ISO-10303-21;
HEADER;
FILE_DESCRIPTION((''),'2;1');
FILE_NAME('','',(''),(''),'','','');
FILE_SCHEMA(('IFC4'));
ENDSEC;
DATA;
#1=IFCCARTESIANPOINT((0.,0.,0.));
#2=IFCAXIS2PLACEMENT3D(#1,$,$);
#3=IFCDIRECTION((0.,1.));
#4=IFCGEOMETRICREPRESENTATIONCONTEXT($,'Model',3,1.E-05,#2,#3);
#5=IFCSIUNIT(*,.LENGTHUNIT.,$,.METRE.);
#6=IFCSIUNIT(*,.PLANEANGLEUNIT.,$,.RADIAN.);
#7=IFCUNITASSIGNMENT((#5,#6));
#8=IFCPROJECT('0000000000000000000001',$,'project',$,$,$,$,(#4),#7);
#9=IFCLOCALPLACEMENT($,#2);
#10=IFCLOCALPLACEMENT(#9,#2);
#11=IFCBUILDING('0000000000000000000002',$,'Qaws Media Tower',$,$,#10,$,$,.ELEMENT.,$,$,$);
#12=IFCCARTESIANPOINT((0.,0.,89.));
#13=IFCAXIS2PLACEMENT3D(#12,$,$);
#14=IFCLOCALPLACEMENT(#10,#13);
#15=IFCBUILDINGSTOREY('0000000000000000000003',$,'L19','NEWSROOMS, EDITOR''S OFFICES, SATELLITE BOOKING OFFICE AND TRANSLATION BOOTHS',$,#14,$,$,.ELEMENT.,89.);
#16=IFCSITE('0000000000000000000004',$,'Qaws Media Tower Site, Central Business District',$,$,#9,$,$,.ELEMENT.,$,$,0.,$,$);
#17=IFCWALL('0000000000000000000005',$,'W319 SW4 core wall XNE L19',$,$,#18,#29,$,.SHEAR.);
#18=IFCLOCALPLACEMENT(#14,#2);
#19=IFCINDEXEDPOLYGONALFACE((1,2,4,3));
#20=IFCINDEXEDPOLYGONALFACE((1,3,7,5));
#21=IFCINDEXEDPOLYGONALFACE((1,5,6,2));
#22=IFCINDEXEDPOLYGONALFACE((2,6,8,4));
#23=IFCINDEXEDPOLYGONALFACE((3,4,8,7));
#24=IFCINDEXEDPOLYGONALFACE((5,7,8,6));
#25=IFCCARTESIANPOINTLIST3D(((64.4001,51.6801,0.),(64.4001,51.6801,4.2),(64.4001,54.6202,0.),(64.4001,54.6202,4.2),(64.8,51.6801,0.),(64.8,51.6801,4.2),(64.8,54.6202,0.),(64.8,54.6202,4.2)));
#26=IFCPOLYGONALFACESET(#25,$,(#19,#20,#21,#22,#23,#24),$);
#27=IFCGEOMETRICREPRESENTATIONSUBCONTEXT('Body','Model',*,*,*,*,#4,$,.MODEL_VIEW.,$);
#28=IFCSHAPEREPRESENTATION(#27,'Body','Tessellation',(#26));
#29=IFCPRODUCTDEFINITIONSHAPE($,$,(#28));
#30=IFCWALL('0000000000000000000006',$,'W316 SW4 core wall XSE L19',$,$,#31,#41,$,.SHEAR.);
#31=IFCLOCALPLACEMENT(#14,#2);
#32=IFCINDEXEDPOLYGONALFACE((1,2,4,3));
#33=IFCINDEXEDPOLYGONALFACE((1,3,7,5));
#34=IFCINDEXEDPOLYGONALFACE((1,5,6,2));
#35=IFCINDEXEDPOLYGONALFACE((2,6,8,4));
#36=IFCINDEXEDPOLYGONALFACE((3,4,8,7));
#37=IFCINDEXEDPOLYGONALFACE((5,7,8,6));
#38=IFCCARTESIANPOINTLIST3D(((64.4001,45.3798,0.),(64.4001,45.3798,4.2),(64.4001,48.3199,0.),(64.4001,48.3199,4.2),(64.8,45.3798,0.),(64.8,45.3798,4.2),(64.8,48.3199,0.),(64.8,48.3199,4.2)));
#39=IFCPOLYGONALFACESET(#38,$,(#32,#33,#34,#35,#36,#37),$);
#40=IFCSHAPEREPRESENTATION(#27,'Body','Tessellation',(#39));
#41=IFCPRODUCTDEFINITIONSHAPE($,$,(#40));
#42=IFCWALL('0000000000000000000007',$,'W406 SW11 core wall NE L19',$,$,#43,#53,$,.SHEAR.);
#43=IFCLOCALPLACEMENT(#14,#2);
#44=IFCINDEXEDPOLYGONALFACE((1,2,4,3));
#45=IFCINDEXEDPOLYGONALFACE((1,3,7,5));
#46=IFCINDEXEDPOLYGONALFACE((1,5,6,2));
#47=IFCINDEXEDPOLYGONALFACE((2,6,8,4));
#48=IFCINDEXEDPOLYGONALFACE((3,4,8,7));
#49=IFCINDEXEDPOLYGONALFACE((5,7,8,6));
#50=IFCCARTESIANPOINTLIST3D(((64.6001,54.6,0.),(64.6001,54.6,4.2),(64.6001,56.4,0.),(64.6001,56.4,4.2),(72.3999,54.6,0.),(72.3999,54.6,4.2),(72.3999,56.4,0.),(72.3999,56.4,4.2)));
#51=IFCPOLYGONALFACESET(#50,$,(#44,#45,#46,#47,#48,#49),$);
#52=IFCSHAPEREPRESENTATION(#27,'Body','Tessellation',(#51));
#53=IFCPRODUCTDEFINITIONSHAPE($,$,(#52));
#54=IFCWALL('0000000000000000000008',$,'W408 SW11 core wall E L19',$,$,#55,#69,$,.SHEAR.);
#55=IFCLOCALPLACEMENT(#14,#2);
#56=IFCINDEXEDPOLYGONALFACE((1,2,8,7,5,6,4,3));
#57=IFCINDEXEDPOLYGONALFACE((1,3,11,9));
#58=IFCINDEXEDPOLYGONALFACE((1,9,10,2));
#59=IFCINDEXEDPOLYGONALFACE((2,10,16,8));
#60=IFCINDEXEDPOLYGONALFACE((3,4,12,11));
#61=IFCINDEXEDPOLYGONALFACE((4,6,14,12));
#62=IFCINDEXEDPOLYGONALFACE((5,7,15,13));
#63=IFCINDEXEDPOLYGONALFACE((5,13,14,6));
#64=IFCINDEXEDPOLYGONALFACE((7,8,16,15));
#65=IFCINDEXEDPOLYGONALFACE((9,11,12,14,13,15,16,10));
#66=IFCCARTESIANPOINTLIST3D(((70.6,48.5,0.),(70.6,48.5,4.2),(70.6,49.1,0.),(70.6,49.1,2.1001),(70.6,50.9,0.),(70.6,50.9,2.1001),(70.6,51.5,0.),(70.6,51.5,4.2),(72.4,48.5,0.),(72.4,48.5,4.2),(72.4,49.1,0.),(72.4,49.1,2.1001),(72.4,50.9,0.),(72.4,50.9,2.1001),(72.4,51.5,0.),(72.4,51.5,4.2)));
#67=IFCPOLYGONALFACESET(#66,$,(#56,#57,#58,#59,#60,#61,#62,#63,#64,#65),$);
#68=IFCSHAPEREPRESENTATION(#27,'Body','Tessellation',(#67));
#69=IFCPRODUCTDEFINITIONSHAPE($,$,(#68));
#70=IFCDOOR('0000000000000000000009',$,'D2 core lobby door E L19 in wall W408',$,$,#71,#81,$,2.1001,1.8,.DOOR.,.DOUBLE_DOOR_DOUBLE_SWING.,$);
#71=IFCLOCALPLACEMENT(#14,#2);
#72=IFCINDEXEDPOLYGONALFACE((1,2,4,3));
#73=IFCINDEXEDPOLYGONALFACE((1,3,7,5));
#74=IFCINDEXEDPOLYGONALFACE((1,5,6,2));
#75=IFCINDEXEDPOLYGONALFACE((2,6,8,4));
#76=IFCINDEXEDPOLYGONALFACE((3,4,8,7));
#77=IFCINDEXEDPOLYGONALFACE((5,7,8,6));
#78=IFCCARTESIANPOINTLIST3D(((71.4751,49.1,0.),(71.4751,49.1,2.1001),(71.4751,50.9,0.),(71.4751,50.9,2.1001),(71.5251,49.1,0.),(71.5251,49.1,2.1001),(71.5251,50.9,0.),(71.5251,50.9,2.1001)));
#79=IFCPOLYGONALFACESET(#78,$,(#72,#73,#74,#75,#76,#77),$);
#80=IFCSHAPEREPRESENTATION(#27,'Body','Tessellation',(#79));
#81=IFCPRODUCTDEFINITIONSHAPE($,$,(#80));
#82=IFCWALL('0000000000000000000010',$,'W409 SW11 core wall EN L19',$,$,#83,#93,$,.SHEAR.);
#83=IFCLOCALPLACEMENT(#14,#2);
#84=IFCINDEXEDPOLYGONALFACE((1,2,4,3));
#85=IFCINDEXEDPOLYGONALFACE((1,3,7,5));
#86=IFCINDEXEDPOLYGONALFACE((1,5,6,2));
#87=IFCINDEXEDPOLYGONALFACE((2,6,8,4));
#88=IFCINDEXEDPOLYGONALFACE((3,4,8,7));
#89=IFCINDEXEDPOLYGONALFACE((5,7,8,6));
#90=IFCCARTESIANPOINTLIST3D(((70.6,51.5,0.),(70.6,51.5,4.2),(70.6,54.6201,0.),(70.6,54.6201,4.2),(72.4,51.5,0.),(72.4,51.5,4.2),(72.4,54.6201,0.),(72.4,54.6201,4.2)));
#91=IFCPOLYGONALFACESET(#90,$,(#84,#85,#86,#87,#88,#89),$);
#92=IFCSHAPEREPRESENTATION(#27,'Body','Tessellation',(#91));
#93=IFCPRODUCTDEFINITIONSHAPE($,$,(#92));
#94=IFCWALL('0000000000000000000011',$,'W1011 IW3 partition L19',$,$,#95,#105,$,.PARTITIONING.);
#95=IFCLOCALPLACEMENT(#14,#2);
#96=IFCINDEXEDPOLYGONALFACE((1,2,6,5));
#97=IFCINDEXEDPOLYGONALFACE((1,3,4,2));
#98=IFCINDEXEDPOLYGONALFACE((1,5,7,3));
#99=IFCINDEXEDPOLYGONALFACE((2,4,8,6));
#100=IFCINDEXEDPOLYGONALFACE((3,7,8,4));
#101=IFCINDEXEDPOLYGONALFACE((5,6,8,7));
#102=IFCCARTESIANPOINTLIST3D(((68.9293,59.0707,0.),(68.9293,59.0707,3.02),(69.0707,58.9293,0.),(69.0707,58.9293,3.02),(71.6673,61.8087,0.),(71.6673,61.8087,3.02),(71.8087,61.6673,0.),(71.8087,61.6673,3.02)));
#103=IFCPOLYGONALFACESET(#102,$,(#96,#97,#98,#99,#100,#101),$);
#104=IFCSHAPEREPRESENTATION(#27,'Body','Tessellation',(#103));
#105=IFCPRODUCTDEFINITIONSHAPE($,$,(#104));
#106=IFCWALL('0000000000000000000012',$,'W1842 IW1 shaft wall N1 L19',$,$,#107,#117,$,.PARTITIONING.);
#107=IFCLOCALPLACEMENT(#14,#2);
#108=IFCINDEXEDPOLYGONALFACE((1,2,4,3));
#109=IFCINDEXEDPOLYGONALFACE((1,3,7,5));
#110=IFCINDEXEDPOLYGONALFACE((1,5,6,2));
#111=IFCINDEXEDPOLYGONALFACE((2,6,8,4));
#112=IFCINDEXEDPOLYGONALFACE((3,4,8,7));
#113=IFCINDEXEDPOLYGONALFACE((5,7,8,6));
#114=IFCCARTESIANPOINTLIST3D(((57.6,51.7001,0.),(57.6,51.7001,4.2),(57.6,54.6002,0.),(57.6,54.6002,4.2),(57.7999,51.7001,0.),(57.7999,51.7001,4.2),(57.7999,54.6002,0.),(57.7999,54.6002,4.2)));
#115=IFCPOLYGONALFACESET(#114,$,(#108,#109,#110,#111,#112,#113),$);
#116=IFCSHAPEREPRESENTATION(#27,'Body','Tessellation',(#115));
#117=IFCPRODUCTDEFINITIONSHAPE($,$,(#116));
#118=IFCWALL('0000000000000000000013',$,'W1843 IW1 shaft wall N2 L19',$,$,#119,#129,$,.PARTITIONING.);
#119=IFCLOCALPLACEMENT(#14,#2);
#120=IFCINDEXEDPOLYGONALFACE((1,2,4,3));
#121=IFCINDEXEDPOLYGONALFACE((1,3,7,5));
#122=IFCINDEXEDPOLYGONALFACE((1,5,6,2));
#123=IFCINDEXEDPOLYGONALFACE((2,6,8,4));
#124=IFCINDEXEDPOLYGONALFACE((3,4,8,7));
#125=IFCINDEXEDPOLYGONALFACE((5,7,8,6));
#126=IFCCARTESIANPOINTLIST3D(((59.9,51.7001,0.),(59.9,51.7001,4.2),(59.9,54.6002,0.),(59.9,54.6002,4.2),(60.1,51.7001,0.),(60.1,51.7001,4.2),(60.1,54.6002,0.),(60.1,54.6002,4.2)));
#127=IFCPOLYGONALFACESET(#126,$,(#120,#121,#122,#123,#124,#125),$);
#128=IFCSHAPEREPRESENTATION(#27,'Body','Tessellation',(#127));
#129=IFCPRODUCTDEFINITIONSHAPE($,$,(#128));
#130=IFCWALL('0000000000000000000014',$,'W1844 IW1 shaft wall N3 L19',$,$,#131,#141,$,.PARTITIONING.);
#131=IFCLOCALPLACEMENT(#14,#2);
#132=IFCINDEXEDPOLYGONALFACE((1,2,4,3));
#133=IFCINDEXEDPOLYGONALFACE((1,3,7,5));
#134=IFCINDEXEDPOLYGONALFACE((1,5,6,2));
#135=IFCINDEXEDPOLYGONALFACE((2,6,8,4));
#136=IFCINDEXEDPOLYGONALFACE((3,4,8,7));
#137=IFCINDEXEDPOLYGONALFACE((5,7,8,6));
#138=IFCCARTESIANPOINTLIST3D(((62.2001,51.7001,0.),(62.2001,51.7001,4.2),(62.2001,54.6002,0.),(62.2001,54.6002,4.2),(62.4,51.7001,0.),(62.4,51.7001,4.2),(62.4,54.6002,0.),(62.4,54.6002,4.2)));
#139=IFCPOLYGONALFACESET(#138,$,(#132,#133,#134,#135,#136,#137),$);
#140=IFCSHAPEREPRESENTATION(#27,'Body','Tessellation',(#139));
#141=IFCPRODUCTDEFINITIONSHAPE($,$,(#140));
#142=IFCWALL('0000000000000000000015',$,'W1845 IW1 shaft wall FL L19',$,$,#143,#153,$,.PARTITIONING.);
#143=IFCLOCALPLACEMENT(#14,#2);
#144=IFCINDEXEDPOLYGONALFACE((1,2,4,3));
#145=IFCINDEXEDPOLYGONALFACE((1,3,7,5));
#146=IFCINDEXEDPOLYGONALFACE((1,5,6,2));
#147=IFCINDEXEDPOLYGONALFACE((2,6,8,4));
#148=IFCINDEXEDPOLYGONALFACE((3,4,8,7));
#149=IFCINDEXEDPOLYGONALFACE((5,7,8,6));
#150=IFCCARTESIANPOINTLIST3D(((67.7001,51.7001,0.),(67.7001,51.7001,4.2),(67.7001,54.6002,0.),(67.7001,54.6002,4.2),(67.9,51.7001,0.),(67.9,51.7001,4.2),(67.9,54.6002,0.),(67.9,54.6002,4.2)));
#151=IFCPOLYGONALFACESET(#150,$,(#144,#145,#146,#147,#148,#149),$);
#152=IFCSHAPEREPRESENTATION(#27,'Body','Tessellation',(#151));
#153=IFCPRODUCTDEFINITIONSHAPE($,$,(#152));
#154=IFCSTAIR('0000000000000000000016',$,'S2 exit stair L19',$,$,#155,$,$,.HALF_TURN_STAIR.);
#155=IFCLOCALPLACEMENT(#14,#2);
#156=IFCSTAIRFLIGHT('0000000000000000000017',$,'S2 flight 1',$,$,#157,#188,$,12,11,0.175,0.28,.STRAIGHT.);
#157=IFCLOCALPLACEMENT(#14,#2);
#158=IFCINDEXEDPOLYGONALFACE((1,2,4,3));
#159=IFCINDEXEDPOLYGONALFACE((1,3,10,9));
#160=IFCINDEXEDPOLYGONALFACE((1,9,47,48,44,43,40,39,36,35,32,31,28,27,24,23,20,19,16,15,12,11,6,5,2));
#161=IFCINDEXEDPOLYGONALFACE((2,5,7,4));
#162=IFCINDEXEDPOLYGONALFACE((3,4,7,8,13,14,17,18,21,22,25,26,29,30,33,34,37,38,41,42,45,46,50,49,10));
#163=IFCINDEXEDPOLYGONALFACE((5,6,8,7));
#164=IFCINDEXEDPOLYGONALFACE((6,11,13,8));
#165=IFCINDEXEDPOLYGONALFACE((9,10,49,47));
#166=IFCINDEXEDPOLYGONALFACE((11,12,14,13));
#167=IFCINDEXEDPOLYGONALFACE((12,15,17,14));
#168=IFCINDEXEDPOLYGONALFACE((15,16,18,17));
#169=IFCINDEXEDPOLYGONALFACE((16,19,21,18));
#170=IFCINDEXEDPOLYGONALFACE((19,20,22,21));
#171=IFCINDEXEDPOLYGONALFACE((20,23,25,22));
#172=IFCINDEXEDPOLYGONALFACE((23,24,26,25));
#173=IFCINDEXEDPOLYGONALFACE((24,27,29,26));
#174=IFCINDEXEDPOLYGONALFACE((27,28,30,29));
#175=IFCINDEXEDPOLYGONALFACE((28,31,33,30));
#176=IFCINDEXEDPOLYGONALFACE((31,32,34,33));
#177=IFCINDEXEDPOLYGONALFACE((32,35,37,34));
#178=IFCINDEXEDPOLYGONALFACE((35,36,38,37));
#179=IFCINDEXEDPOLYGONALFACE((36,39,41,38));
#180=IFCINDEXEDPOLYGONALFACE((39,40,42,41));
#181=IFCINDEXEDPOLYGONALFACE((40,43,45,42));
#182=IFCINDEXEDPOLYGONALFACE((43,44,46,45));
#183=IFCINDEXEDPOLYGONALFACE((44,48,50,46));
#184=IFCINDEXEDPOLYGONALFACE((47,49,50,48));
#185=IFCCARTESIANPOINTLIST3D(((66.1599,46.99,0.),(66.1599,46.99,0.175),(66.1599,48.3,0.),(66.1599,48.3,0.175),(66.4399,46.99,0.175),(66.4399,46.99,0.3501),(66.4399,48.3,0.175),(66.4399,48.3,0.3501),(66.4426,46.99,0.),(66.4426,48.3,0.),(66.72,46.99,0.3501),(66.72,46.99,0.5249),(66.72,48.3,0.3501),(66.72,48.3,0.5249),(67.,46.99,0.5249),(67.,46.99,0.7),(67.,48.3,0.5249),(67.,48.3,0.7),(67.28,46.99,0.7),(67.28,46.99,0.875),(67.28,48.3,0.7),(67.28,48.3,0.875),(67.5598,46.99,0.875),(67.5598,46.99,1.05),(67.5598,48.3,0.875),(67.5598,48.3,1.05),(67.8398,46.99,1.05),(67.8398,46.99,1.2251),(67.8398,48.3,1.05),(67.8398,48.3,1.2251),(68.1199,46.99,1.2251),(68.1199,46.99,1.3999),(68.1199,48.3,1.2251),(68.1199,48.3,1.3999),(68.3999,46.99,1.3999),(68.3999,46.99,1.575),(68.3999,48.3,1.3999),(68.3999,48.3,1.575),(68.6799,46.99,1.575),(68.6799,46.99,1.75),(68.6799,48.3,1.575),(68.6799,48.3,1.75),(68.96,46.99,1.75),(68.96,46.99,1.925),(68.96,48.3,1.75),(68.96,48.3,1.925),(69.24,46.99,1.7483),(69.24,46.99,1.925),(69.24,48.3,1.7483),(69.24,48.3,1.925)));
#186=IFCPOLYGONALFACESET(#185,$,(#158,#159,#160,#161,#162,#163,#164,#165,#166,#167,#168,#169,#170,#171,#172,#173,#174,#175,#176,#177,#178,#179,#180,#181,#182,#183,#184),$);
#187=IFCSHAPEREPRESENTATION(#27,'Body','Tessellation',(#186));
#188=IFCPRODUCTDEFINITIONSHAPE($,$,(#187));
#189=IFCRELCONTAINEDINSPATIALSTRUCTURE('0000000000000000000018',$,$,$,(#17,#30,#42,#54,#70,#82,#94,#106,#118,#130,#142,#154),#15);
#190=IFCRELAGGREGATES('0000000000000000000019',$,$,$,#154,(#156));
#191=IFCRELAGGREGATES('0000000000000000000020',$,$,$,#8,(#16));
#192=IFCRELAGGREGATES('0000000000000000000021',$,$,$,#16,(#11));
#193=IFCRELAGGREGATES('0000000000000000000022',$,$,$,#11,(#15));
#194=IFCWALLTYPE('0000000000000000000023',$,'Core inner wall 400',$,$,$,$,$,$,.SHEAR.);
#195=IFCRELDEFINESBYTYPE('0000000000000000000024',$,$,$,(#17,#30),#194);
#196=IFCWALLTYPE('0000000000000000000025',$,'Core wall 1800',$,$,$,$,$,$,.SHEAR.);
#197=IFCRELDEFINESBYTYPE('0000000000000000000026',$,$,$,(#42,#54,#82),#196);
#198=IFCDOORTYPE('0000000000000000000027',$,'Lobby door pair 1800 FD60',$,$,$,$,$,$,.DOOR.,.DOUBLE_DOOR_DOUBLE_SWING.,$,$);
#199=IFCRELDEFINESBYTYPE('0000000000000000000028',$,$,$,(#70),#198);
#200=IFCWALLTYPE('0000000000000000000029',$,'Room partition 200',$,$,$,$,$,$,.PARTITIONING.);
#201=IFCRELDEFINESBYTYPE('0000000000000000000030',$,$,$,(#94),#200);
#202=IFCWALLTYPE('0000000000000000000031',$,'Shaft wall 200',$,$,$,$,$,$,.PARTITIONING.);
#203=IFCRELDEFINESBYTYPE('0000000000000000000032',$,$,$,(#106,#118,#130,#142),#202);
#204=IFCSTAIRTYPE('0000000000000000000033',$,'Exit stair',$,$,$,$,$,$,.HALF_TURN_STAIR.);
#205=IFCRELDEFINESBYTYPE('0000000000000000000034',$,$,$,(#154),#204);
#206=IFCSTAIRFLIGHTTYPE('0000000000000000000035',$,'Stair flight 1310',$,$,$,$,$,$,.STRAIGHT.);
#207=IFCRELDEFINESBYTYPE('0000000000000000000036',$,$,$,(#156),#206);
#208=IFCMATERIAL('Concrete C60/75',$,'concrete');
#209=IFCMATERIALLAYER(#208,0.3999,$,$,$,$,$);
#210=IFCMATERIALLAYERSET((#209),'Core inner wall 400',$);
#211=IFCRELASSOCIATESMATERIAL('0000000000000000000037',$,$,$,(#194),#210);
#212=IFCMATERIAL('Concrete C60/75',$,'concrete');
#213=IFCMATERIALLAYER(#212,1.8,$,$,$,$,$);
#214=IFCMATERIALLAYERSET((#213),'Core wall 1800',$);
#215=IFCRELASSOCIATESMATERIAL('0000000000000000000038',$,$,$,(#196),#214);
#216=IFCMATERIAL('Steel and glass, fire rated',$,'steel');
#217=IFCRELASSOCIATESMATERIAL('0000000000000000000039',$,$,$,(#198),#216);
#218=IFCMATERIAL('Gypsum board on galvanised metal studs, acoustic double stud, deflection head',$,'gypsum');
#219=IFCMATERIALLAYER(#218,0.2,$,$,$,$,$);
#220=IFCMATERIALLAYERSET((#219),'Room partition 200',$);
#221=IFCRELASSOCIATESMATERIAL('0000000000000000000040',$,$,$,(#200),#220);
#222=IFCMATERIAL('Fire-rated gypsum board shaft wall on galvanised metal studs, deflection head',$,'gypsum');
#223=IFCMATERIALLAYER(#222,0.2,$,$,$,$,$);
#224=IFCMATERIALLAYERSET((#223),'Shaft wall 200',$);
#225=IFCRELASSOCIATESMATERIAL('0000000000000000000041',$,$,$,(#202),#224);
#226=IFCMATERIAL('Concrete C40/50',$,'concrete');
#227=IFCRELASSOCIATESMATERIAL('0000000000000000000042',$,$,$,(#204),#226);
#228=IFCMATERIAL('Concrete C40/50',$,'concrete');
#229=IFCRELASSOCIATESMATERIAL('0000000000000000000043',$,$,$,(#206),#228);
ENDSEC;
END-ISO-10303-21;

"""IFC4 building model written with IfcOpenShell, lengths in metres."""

from ifc_helpers import new_model, si_unit, direction, frame, frame_2d, origin, place, context, subcontext, project, spatial, polyline, rectangle, outline, extrude, material, layer, layer_set, type_object, element, fill, aggregate, save


model = new_model("IFC4")

# Units and contexts
model_context = context("Model", 3, precision=1e-05, world=origin(), true_north=direction((0.0, 1.0)))
body_context = subcontext(model_context, "Body", "Model", "MODEL_VIEW")
ifc_project = project(units=[si_unit("LENGTHUNIT", "METRE"), si_unit("PLANEANGLEUNIT", "RADIAN")], contexts=[model_context])

# Site, building, storey
site_placement = place(None, origin())
site = spatial("IfcSite", under=ifc_project, at=site_placement, Name="Qaws Media Tower Site, Central Business District", CompositionType="ELEMENT", RefElevation=0.0)
building_placement = place(site_placement, origin())
building = spatial("IfcBuilding", under=site, at=building_placement, Name="Qaws Media Tower", CompositionType="ELEMENT")
storey_placement = place(building_placement, frame((0.0, 0.0, 89.0)))
storey = spatial("IfcBuildingStorey", under=building, at=storey_placement, Name="L19", Description="NEWSROOMS, EDITOR'S OFFICES, SATELLITE BOOKING OFFICE AND TRANSLATION BOOTHS", CompositionType="ELEMENT", Elevation=89.0)

# Shared definitions
ifc_material_1 = material(Name="Concrete C60/75", Category="concrete")
ifc_layer_1 = layer(ifc_material_1, 0.3999)
ifc_layer_set_1 = layer_set([ifc_layer_1], Name="Core inner wall 400")
wall_type_1 = type_object("IfcWallType", Name="Core inner wall 400", PredefinedType="SHEAR", material=ifc_layer_set_1)

# Walls
for number, where, z_axis, x_axis, name in (
    (1, (64.6001, 51.6799, 0.0), (0.0, 0.0, 1.0), (0.0, 1.0, 0.0), "W319 SW4 core wall XNE L19"),
    (2, (64.6001, 48.3201, 0.0), (0.0, 0.0, 1.0), (0.0, -1.0, 0.0), "W316 SW4 core wall XSE L19"),
):
    element("IfcWall", number, at=place(storey_placement, frame(where, z_axis=z_axis, x_axis=x_axis)), inside=storey, type_object=wall_type_1, Name=name, PredefinedType="SHEAR", context=body_context, shape_type="SweptSolid", body=[
        extrude(rectangle(XDim=2.9402, YDim=0.3999, at=frame_2d((1.4702, 0.0))), origin(), (0.0, 0.0, 1.0), 4.2),
    ])
ifc_material_2 = material(Name="Concrete C60/75", Category="concrete")
ifc_layer_2 = layer(ifc_material_2, 1.8)
ifc_layer_set_2 = layer_set([ifc_layer_2], Name="Core wall 1800")
wall_type_2 = type_object("IfcWallType", Name="Core wall 1800", PredefinedType="SHEAR", material=ifc_layer_set_2)
wall_1_placement = place(storey_placement, frame((64.6001, 55.5, 0.0), z_axis=(0.0, 0.0, 1.0), x_axis=(1.0, 0.0, 0.0)))
element("IfcWall", 3, at=wall_1_placement, inside=storey, type_object=wall_type_2, Name="W406 SW11 core wall NE L19", PredefinedType="SHEAR", context=body_context, shape_type="SweptSolid", body=[
    extrude(rectangle(XDim=7.7998, YDim=1.8, at=frame_2d((3.8999, 0.0))), origin(), (0.0, 0.0, 1.0), 4.2),
])

# Wall, opening, door
wall_2_placement = place(storey_placement, frame((71.5, 48.5, 0.0), z_axis=(0.0, 0.0, 1.0), x_axis=(0.0, 1.0, 0.0)))
wall_2 = element("IfcWall", 4, at=wall_2_placement, inside=storey, type_object=wall_type_2, Name="W408 SW11 core wall E L19", PredefinedType="SHEAR", context=body_context, shape_type="SweptSolid", body=[
    extrude(rectangle(XDim=3.0, YDim=1.8, at=frame_2d((1.5, 0.0))), origin(), (0.0, 0.0, 1.0), 4.2),
])
opening_1_placement = place(wall_2_placement, frame((0.6001, 0.0, 0.0)))
opening_1 = element("IfcOpeningElement", 5, at=opening_1_placement, cuts=wall_2, PredefinedType="OPENING", context=body_context, shape_type="SweptSolid", body=[
    extrude(rectangle(XDim=1.8, YDim=2.1001, at=frame_2d((0.8999, 1.05))), frame((0.0, 0.9099, 0.0), z_axis=(0.0, -1.0, 0.0), x_axis=(1.0, 0.0, 0.0)), (0.0, 0.0, 1.0), 1.8201),
])
ifc_material_3 = material(Name="Steel and glass, fire rated", Category="steel")
door_type_1 = type_object("IfcDoorType", Name="Lobby door pair 1800 FD60", OperationType="DOUBLE_DOOR_DOUBLE_SWING", PredefinedType="DOOR", material=ifc_material_3)
door_1_placement = place(opening_1_placement, origin())
door_1 = element("IfcDoor", 6, at=door_1_placement, inside=storey, type_object=door_type_1, Name="D2 core lobby door E L19 in wall W408", OperationType="DOUBLE_DOOR_DOUBLE_SWING", OverallHeight=2.1001, OverallWidth=1.8, PredefinedType="DOOR", context=body_context, shape_type="SweptSolid", body=[
    extrude(rectangle(XDim=1.8, YDim=2.1001, at=frame_2d((0.8999, 1.05))), frame((0.0, 0.0249, 0.0), z_axis=(0.0, -1.0, 0.0), x_axis=(1.0, 0.0, 0.0)), (0.0, 0.0, 1.0), 0.05),
])
fill(opening_1, door_1)

# Walls
wall_3_placement = place(storey_placement, frame((71.5, 51.5, 0.0), z_axis=(0.0, 0.0, 1.0), x_axis=(0.0, 1.0, 0.0)))
element("IfcWall", 7, at=wall_3_placement, inside=storey, type_object=wall_type_2, Name="W409 SW11 core wall EN L19", PredefinedType="SHEAR", context=body_context, shape_type="SweptSolid", body=[
    extrude(rectangle(XDim=3.1201, YDim=1.8, at=frame_2d((1.5601, 0.0))), origin(), (0.0, 0.0, 1.0), 4.2),
])
ifc_material_4 = material(Name="Gypsum board on galvanised metal studs, acoustic double stud, deflection head", Category="gypsum")
ifc_layer_3 = layer(ifc_material_4, 0.2)
ifc_layer_set_3 = layer_set([ifc_layer_3], Name="Room partition 200")
wall_type_3 = type_object("IfcWallType", Name="Room partition 200", PredefinedType="PARTITIONING", material=ifc_layer_set_3)
wall_4_placement = place(storey_placement, frame((69.0, 59.0, 0.0), z_axis=(0.0, 0.0, 1.0), x_axis=(0.707107, 0.707107, 0.0)))
element("IfcWall", 8, at=wall_4_placement, inside=storey, type_object=wall_type_3, Name="W1011 IW3 partition L19", PredefinedType="PARTITIONING", context=body_context, shape_type="SweptSolid", body=[
    extrude(rectangle(XDim=3.8721, YDim=0.2, at=frame_2d((1.936, 0.0))), origin(), (0.0, 0.0, 1.0), 3.02),
])
ifc_material_5 = material(Name="Fire-rated gypsum board shaft wall on galvanised metal studs, deflection head", Category="gypsum")
ifc_layer_4 = layer(ifc_material_5, 0.2)
ifc_layer_set_4 = layer_set([ifc_layer_4], Name="Shaft wall 200")
wall_type_4 = type_object("IfcWallType", Name="Shaft wall 200", PredefinedType="PARTITIONING", material=ifc_layer_set_4)
for number, where, z_axis, x_axis, name in (
    (9, (57.7, 51.7, 0.0), (0.0, 0.0, 1.0), (0.0, 1.0, 0.0), "W1842 IW1 shaft wall N1 L19"),
    (10, (60.0, 51.7, 0.0), (0.0, 0.0, 1.0), (0.0, 1.0, 0.0), "W1843 IW1 shaft wall N2 L19"),
    (11, (62.3, 51.7, 0.0), (0.0, 0.0, 1.0), (0.0, 1.0, 0.0), "W1844 IW1 shaft wall N3 L19"),
    (12, (67.8, 51.7, 0.0), (0.0, 0.0, 1.0), (0.0, 1.0, 0.0), "W1845 IW1 shaft wall FL L19"),
):
    element("IfcWall", number, at=place(storey_placement, frame(where, z_axis=z_axis, x_axis=x_axis)), inside=storey, type_object=wall_type_4, Name=name, PredefinedType="PARTITIONING", context=body_context, shape_type="SweptSolid", body=[
        extrude(rectangle(XDim=2.9001, YDim=0.2, at=frame_2d((1.4502, 0.0))), origin(), (0.0, 0.0, 1.0), 4.2),
    ])

# Stair, stair flight
ifc_material_6 = material(Name="Concrete C40/50", Category="concrete")
stair_type = type_object("IfcStairType", Name="Exit stair", PredefinedType="HALF_TURN_STAIR", material=ifc_material_6)
stair_placement = place(storey_placement, origin())
stair = element("IfcStair", 13, at=stair_placement, inside=storey, type_object=stair_type, Name="S2 exit stair L19", PredefinedType="HALF_TURN_STAIR")
ifc_material_7 = material(Name="Concrete C40/50", Category="concrete")
stair_flight_type = type_object("IfcStairFlightType", Name="Stair flight 1310", PredefinedType="STRAIGHT", material=ifc_material_7)
stair_flight_placement = place(storey_placement, frame((66.1599, 47.645, 0.0), z_axis=(0.0, 0.0, 1.0), x_axis=(1.0, 0.0, 0.0)))
stair_flight = element("IfcStairFlight", 14, at=stair_flight_placement, type_object=stair_flight_type, Name="S2 flight 1", NumberOfRisers=12, NumberOfTreads=11, PredefinedType="STRAIGHT", RiserHeight=0.175, TreadLength=0.28, context=body_context, shape_type="SweptSolid", body=[
    extrude(outline(polyline([(0.0, 0.0), (0.0, 0.175), (0.28, 0.175), (0.28, 0.3501), (0.5601, 0.3501), (0.5601, 0.5249), (0.8401, 0.5249), (0.8401, 0.7), (1.1201, 0.7), (1.1201, 0.875), (1.3999, 0.875), (1.3999, 1.05), (1.6799, 1.05), (1.6799, 1.2251), (1.96, 1.2251), (1.96, 1.3999), (2.24, 1.3999), (2.24, 1.575), (2.52, 1.575), (2.52, 1.75), (2.8, 1.75), (2.8, 1.925), (3.0801, 1.925), (3.0801, 2.1001), (3.0801, 1.7483), (0.2827, 0.0), (0.0, 0.0)])), frame((0.0, 0.655, 0.0), z_axis=(0.0, -1.0, 0.0), x_axis=(1.0, 0.0, 0.0)), (0.0, 0.0, 1.0), 1.3101),
])
aggregate(stair, [stair_flight])

save(model, "model.ifc")
